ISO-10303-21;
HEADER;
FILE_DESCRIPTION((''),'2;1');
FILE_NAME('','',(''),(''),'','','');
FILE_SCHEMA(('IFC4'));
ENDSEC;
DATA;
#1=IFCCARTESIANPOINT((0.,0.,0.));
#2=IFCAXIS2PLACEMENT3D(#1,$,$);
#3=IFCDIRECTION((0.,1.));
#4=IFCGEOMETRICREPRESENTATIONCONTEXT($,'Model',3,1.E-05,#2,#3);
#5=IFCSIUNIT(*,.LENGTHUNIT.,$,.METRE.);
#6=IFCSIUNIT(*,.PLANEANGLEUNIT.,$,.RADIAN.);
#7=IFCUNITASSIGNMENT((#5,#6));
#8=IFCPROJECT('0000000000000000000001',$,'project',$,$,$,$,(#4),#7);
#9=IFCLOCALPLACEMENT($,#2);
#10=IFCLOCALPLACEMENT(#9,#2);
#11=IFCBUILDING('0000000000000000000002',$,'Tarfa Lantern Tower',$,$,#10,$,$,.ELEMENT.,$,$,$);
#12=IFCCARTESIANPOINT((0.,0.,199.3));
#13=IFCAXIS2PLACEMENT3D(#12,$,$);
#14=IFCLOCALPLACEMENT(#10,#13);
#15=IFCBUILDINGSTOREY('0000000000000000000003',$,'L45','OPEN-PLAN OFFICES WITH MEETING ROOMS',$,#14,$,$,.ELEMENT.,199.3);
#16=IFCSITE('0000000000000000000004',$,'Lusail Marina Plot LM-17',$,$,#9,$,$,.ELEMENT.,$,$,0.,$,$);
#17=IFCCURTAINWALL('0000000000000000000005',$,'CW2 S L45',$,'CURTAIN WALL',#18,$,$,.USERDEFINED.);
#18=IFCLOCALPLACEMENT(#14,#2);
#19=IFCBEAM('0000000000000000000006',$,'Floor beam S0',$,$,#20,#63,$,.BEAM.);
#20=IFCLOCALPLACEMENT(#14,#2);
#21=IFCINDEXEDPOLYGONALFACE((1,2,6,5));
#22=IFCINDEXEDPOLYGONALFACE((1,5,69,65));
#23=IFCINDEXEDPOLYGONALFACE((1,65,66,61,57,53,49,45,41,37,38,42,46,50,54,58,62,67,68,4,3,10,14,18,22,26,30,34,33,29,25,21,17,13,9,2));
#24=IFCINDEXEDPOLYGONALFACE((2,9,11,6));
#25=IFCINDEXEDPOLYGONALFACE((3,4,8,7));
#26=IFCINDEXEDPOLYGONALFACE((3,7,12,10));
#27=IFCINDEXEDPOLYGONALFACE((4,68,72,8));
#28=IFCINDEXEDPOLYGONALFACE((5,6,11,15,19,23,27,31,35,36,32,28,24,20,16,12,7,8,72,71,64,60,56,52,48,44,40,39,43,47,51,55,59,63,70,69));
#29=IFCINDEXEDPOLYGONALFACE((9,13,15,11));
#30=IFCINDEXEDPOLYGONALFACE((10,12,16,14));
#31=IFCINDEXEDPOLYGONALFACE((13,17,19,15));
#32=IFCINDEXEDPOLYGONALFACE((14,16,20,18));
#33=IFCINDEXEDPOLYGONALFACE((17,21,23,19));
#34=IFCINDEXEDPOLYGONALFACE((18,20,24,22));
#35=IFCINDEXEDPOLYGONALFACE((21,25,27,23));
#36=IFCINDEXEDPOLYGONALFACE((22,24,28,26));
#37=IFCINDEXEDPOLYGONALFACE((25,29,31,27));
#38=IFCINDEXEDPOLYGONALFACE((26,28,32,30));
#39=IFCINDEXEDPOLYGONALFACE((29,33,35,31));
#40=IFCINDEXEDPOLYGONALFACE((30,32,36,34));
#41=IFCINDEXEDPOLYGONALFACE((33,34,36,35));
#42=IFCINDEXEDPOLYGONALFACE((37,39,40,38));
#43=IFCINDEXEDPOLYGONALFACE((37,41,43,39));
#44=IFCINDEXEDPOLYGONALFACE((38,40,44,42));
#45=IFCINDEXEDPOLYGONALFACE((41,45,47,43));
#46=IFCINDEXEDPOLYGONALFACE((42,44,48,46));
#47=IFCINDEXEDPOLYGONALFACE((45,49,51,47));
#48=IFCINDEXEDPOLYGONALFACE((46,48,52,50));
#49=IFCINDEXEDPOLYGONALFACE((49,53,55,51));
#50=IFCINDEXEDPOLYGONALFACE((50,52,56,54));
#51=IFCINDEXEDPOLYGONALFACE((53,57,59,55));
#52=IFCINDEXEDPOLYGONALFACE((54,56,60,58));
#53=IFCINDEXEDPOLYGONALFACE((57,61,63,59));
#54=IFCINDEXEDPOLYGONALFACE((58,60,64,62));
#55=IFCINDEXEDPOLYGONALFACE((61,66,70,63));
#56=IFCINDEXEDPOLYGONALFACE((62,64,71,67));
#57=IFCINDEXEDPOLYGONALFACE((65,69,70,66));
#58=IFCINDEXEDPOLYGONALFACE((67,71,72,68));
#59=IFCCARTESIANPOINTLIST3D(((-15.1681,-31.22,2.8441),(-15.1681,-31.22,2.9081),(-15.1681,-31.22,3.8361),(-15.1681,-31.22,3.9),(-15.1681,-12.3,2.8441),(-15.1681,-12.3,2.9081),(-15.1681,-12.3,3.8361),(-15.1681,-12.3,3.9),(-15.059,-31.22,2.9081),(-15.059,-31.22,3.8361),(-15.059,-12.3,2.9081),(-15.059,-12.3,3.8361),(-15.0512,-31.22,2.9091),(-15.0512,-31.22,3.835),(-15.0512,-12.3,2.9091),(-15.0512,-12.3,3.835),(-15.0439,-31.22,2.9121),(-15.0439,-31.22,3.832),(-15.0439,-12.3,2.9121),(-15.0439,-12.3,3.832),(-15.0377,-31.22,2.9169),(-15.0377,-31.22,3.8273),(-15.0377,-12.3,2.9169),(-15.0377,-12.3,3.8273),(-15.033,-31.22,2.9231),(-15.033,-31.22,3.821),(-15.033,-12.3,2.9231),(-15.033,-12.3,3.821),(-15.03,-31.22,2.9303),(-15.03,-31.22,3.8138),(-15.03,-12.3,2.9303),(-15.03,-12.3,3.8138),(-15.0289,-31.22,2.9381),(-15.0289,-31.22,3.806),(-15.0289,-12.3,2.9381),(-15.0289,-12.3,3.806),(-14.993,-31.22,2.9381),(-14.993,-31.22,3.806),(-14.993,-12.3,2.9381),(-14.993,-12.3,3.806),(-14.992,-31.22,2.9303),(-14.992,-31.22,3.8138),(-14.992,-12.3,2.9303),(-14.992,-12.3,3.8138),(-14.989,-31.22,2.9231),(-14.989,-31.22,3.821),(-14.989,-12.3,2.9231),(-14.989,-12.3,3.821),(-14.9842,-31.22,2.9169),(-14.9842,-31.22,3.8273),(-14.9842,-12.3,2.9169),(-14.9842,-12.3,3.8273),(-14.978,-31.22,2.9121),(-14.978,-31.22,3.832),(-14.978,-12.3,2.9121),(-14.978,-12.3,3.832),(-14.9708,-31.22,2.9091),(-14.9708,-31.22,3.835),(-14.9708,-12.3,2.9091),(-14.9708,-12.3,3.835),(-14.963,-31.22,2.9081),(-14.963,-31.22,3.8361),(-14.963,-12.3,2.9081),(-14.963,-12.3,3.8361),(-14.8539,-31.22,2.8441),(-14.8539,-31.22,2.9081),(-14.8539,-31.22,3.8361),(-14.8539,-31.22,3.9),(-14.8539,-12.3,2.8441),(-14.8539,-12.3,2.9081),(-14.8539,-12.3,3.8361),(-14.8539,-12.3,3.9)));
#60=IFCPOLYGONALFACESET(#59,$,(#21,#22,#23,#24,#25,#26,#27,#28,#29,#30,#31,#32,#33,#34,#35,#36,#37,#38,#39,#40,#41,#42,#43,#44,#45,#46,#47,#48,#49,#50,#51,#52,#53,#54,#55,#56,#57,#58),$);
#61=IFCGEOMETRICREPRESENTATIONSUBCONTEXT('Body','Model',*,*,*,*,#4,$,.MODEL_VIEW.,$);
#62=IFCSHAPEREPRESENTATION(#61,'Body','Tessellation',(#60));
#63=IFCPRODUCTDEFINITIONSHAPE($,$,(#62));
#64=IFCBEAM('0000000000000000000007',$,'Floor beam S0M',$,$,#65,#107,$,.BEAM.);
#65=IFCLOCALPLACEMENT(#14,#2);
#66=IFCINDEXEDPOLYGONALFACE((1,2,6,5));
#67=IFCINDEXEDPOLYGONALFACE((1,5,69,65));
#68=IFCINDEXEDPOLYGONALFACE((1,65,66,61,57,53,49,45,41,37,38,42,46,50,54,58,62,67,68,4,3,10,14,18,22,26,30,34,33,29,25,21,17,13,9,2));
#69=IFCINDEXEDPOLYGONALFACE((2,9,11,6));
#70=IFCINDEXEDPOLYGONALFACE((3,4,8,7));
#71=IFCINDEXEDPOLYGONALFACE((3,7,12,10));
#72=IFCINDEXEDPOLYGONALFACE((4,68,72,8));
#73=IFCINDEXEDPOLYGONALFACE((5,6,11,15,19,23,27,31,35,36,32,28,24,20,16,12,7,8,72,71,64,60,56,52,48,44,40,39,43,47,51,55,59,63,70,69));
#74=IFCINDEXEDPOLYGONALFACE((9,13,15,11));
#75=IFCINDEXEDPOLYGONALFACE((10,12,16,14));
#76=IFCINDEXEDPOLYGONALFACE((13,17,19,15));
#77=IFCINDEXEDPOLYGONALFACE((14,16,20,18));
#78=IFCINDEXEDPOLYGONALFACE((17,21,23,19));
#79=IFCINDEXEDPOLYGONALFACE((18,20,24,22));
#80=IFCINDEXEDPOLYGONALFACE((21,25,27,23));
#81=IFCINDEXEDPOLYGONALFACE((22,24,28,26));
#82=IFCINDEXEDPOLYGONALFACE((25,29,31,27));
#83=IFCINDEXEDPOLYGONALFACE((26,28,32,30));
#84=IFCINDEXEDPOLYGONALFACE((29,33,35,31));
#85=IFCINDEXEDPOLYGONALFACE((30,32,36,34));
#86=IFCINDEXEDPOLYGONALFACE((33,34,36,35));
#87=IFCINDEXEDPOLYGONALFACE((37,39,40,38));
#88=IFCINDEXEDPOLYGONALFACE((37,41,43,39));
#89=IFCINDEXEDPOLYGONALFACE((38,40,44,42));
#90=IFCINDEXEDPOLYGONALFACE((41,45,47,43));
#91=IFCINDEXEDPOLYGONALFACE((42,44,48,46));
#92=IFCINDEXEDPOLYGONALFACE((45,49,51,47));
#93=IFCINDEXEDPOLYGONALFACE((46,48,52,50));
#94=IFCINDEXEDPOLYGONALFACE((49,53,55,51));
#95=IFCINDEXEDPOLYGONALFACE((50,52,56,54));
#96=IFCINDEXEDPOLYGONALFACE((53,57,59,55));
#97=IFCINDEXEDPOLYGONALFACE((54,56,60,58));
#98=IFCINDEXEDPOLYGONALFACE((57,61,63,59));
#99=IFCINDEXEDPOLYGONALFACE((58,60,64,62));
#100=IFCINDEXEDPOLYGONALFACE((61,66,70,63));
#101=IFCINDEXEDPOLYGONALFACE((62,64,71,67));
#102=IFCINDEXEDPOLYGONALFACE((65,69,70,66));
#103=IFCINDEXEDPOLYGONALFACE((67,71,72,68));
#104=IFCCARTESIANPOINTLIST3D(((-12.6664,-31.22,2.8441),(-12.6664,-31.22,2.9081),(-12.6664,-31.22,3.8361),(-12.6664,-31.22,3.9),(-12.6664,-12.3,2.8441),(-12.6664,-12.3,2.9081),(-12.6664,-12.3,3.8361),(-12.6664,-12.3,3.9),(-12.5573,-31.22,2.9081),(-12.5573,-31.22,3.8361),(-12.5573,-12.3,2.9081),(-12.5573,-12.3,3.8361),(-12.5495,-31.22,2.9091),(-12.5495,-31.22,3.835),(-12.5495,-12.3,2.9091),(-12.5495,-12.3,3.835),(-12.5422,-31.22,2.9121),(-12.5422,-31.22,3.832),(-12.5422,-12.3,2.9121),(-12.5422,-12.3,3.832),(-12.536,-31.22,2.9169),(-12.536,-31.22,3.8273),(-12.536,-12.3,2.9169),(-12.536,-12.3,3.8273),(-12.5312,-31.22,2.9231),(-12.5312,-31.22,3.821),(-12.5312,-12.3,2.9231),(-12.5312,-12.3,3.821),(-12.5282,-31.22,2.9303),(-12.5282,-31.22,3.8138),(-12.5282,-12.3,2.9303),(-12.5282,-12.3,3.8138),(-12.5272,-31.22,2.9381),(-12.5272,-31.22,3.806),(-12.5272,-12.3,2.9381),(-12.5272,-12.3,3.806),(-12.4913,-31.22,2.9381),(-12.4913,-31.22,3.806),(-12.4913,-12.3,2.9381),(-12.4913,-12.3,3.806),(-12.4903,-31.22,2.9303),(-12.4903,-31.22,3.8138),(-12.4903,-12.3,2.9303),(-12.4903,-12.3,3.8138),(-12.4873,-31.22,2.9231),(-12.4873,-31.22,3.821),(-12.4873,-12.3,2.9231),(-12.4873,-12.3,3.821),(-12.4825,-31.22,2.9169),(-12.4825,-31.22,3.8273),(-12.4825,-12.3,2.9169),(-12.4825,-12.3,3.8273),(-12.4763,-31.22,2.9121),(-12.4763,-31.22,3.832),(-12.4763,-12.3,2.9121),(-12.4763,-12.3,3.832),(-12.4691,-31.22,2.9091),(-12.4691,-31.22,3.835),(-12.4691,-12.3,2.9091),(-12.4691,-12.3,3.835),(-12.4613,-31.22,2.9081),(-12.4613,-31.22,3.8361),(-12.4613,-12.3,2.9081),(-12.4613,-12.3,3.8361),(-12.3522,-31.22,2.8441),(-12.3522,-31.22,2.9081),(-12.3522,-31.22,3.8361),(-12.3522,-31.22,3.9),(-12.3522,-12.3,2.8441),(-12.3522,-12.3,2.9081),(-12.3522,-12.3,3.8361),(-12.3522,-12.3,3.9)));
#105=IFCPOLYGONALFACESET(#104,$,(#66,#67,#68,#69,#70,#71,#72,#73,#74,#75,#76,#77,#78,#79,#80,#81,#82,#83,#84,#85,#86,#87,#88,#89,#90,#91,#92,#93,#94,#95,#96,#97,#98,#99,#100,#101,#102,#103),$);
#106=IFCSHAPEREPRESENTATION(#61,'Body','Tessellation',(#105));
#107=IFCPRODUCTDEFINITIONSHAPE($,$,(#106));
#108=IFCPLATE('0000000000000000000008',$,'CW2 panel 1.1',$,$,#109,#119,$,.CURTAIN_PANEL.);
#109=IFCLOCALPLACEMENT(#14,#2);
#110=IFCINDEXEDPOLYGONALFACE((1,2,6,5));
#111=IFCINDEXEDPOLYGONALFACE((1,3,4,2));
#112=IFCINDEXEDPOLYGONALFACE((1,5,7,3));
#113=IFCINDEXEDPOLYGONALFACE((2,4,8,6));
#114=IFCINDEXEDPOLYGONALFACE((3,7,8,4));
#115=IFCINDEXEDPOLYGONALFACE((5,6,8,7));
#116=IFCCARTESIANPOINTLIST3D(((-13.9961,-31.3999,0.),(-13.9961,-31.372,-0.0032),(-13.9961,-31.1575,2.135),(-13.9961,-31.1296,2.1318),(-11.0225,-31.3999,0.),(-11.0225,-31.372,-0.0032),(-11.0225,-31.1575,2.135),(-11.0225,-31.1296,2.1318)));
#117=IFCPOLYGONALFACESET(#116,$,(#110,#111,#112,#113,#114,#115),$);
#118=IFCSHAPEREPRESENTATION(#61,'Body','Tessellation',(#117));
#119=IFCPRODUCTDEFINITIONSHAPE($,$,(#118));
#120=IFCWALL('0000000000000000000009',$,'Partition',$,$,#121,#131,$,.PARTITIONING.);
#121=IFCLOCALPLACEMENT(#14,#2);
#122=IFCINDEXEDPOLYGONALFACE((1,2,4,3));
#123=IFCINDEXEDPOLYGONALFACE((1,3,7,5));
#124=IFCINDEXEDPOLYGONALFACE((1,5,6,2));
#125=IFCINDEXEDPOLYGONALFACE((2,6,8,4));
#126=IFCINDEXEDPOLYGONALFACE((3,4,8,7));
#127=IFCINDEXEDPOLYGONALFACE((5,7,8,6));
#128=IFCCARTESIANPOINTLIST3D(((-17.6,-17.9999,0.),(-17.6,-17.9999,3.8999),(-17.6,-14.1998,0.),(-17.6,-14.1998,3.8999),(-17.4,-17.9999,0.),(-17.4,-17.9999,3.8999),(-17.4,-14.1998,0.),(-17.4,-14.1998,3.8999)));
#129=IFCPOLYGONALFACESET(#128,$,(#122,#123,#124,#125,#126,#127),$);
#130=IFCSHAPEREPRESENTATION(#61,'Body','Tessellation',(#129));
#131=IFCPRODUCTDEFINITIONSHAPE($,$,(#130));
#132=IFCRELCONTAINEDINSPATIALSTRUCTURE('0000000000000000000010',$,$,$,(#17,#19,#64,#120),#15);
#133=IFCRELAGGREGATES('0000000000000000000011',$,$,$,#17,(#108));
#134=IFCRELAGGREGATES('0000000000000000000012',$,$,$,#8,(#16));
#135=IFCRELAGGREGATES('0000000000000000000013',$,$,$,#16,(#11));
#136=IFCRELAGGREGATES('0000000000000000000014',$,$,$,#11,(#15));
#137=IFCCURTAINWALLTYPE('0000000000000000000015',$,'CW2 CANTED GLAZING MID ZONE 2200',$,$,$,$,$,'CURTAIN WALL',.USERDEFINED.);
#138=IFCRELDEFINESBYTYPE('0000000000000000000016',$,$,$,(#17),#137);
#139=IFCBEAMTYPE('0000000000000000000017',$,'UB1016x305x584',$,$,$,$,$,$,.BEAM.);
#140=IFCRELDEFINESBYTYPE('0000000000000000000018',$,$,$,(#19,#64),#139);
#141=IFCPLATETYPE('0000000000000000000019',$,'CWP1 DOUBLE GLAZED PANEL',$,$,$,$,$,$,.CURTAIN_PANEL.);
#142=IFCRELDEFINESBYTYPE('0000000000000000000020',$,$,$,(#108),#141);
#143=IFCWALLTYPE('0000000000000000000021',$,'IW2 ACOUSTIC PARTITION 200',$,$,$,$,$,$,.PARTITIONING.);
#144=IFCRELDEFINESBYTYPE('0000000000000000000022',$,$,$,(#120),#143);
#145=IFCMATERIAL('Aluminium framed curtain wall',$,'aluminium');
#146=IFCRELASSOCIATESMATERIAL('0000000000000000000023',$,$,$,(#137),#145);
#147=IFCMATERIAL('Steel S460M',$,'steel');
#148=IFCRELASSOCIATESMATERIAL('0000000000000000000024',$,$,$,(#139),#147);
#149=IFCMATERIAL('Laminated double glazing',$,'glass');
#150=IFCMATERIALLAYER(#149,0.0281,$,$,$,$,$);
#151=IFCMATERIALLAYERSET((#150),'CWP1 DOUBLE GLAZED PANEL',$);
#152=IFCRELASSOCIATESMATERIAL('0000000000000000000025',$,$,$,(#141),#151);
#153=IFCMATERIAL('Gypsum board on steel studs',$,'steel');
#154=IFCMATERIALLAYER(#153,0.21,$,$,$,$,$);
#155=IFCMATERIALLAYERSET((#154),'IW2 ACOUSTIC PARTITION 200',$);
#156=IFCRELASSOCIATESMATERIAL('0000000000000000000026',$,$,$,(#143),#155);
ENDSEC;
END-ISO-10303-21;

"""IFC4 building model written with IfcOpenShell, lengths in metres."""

from ifc_helpers import new_model, si_unit, direction, frame, frame_2d, origin, origin_2d, place, context, subcontext, project, spatial, polyline, rectangle, i_section, outline, extrude, material, layer, layer_set, material_profile, profile_set, type_object, element, aggregate, save


model = new_model("IFC4")

# Units and contexts
model_context = context("Model", 3, precision=1e-05, world=origin(), true_north=direction((0.0, 1.0)))
body_context = subcontext(model_context, "Body", "Model", "MODEL_VIEW")
ifc_project = project(units=[si_unit("LENGTHUNIT", "METRE"), si_unit("PLANEANGLEUNIT", "RADIAN")], contexts=[model_context])

# Site, building, storey
site_placement = place(None, origin())
site = spatial("IfcSite", under=ifc_project, at=site_placement, Name="Lusail Marina Plot LM-17", CompositionType="ELEMENT", RefElevation=0.0)
building_placement = place(site_placement, origin())
building = spatial("IfcBuilding", under=site, at=building_placement, Name="Tarfa Lantern Tower", CompositionType="ELEMENT")
storey_placement = place(building_placement, frame((0.0, 0.0, 199.3)))
storey = spatial("IfcBuildingStorey", under=building, at=storey_placement, Name="L45", Description="OPEN-PLAN OFFICES WITH MEETING ROOMS", CompositionType="ELEMENT", Elevation=199.3)

# Curtain wall
ifc_material_1 = material(Name="Aluminium framed curtain wall", Category="aluminium")
curtain_wall_type = type_object("IfcCurtainWallType", Name="CW2 CANTED GLAZING MID ZONE 2200", ElementType="CURTAIN WALL", PredefinedType="USERDEFINED", material=ifc_material_1)
curtain_wall_placement = place(storey_placement, origin())
curtain_wall = element("IfcCurtainWall", 1, at=curtain_wall_placement, inside=storey, type_object=curtain_wall_type, Name="CW2 S L45", ObjectType="CURTAIN WALL", PredefinedType="USERDEFINED")

# Beams
ifc_material_2 = material(Name="Steel S460M", Category="steel")
ifc_material_profile_1 = material_profile(ifc_material_2, i_section(OverallWidth=0.3142, OverallDepth=1.0559, WebThickness=0.0359, FlangeThickness=0.064, FilletRadius=0.03, at=origin_2d()), Name="UB1016x305x584")
ifc_profile_set_1 = profile_set([ifc_material_profile_1], Name="Steel S460M")
beam_type_1 = type_object("IfcBeamType", Name="UB1016x305x584", PredefinedType="BEAM", material=ifc_profile_set_1)
for number, where, z_axis, x_axis, name in (
    (2, (-15.011, -31.22, 3.3721), (0.0, 1.0, 0.0), (-1.0, 0.0, 0.0), "Floor beam S0"),
    (3, (-12.5093, -31.22, 3.3721), (0.0, 1.0, 0.0), (-1.0, 0.0, 0.0), "Floor beam S0M"),
):
    element("IfcBeam", number, at=place(storey_placement, frame(where, z_axis=z_axis, x_axis=x_axis)), inside=storey, type_object=beam_type_1, Name=name, PredefinedType="BEAM", context=body_context, shape_type="SweptSolid", body=[
        extrude(i_section(OverallWidth=0.3142, OverallDepth=1.0559, WebThickness=0.0359, FlangeThickness=0.064, FilletRadius=0.03, at=origin_2d()), origin(), (0.0, 0.0, 1.0), 18.9199),
    ])

# Plate
ifc_material_3 = material(Name="Laminated double glazing", Category="glass")
ifc_layer_1 = layer(ifc_material_3, 0.0281)
ifc_layer_set_1 = layer_set([ifc_layer_1], Name="CWP1 DOUBLE GLAZED PANEL")
plate_type = type_object("IfcPlateType", Name="CWP1 DOUBLE GLAZED PANEL", PredefinedType="CURTAIN_PANEL", material=ifc_layer_set_1)
plate_placement = place(storey_placement, frame((-13.9961, -31.3999, 0.0), z_axis=(0.0, -0.993615, 0.112826), x_axis=(1.0, 0.0, 0.0)))
plate = element("IfcPlate", 4, at=plate_placement, type_object=plate_type, Name="CW2 panel 1.1", PredefinedType="CURTAIN_PANEL", context=body_context, shape_type="SweptSolid", body=[
    extrude(outline(polyline([(0.0, 0.0), (2.9736, 0.0), (2.9736, 2.1487), (0.0, 2.1487), (0.0, 0.0)])), origin(), (0.0, 0.0, -1.0), 0.0281),
])
aggregate(curtain_wall, [plate])

# Wall
ifc_material_4 = material(Name="Gypsum board on steel studs", Category="steel")
ifc_layer_2 = layer(ifc_material_4, 0.21)
ifc_layer_set_2 = layer_set([ifc_layer_2], Name="IW2 ACOUSTIC PARTITION 200")
wall_type = type_object("IfcWallType", Name="IW2 ACOUSTIC PARTITION 200", PredefinedType="PARTITIONING", material=ifc_layer_set_2)
wall_placement = place(storey_placement, frame((-17.5, -14.2, 0.0), z_axis=(0.0, 0.0, 1.0), x_axis=(0.0, -1.0, 0.0)))
element("IfcWall", 5, at=wall_placement, inside=storey, type_object=wall_type, Name="Partition", PredefinedType="PARTITIONING", context=body_context, shape_type="SweptSolid", body=[
    extrude(rectangle(XDim=3.8, YDim=0.2, at=frame_2d((1.8999, 0.0))), origin(), (0.0, 0.0, 1.0), 3.8999),
])

save(model, "model.ifc")
